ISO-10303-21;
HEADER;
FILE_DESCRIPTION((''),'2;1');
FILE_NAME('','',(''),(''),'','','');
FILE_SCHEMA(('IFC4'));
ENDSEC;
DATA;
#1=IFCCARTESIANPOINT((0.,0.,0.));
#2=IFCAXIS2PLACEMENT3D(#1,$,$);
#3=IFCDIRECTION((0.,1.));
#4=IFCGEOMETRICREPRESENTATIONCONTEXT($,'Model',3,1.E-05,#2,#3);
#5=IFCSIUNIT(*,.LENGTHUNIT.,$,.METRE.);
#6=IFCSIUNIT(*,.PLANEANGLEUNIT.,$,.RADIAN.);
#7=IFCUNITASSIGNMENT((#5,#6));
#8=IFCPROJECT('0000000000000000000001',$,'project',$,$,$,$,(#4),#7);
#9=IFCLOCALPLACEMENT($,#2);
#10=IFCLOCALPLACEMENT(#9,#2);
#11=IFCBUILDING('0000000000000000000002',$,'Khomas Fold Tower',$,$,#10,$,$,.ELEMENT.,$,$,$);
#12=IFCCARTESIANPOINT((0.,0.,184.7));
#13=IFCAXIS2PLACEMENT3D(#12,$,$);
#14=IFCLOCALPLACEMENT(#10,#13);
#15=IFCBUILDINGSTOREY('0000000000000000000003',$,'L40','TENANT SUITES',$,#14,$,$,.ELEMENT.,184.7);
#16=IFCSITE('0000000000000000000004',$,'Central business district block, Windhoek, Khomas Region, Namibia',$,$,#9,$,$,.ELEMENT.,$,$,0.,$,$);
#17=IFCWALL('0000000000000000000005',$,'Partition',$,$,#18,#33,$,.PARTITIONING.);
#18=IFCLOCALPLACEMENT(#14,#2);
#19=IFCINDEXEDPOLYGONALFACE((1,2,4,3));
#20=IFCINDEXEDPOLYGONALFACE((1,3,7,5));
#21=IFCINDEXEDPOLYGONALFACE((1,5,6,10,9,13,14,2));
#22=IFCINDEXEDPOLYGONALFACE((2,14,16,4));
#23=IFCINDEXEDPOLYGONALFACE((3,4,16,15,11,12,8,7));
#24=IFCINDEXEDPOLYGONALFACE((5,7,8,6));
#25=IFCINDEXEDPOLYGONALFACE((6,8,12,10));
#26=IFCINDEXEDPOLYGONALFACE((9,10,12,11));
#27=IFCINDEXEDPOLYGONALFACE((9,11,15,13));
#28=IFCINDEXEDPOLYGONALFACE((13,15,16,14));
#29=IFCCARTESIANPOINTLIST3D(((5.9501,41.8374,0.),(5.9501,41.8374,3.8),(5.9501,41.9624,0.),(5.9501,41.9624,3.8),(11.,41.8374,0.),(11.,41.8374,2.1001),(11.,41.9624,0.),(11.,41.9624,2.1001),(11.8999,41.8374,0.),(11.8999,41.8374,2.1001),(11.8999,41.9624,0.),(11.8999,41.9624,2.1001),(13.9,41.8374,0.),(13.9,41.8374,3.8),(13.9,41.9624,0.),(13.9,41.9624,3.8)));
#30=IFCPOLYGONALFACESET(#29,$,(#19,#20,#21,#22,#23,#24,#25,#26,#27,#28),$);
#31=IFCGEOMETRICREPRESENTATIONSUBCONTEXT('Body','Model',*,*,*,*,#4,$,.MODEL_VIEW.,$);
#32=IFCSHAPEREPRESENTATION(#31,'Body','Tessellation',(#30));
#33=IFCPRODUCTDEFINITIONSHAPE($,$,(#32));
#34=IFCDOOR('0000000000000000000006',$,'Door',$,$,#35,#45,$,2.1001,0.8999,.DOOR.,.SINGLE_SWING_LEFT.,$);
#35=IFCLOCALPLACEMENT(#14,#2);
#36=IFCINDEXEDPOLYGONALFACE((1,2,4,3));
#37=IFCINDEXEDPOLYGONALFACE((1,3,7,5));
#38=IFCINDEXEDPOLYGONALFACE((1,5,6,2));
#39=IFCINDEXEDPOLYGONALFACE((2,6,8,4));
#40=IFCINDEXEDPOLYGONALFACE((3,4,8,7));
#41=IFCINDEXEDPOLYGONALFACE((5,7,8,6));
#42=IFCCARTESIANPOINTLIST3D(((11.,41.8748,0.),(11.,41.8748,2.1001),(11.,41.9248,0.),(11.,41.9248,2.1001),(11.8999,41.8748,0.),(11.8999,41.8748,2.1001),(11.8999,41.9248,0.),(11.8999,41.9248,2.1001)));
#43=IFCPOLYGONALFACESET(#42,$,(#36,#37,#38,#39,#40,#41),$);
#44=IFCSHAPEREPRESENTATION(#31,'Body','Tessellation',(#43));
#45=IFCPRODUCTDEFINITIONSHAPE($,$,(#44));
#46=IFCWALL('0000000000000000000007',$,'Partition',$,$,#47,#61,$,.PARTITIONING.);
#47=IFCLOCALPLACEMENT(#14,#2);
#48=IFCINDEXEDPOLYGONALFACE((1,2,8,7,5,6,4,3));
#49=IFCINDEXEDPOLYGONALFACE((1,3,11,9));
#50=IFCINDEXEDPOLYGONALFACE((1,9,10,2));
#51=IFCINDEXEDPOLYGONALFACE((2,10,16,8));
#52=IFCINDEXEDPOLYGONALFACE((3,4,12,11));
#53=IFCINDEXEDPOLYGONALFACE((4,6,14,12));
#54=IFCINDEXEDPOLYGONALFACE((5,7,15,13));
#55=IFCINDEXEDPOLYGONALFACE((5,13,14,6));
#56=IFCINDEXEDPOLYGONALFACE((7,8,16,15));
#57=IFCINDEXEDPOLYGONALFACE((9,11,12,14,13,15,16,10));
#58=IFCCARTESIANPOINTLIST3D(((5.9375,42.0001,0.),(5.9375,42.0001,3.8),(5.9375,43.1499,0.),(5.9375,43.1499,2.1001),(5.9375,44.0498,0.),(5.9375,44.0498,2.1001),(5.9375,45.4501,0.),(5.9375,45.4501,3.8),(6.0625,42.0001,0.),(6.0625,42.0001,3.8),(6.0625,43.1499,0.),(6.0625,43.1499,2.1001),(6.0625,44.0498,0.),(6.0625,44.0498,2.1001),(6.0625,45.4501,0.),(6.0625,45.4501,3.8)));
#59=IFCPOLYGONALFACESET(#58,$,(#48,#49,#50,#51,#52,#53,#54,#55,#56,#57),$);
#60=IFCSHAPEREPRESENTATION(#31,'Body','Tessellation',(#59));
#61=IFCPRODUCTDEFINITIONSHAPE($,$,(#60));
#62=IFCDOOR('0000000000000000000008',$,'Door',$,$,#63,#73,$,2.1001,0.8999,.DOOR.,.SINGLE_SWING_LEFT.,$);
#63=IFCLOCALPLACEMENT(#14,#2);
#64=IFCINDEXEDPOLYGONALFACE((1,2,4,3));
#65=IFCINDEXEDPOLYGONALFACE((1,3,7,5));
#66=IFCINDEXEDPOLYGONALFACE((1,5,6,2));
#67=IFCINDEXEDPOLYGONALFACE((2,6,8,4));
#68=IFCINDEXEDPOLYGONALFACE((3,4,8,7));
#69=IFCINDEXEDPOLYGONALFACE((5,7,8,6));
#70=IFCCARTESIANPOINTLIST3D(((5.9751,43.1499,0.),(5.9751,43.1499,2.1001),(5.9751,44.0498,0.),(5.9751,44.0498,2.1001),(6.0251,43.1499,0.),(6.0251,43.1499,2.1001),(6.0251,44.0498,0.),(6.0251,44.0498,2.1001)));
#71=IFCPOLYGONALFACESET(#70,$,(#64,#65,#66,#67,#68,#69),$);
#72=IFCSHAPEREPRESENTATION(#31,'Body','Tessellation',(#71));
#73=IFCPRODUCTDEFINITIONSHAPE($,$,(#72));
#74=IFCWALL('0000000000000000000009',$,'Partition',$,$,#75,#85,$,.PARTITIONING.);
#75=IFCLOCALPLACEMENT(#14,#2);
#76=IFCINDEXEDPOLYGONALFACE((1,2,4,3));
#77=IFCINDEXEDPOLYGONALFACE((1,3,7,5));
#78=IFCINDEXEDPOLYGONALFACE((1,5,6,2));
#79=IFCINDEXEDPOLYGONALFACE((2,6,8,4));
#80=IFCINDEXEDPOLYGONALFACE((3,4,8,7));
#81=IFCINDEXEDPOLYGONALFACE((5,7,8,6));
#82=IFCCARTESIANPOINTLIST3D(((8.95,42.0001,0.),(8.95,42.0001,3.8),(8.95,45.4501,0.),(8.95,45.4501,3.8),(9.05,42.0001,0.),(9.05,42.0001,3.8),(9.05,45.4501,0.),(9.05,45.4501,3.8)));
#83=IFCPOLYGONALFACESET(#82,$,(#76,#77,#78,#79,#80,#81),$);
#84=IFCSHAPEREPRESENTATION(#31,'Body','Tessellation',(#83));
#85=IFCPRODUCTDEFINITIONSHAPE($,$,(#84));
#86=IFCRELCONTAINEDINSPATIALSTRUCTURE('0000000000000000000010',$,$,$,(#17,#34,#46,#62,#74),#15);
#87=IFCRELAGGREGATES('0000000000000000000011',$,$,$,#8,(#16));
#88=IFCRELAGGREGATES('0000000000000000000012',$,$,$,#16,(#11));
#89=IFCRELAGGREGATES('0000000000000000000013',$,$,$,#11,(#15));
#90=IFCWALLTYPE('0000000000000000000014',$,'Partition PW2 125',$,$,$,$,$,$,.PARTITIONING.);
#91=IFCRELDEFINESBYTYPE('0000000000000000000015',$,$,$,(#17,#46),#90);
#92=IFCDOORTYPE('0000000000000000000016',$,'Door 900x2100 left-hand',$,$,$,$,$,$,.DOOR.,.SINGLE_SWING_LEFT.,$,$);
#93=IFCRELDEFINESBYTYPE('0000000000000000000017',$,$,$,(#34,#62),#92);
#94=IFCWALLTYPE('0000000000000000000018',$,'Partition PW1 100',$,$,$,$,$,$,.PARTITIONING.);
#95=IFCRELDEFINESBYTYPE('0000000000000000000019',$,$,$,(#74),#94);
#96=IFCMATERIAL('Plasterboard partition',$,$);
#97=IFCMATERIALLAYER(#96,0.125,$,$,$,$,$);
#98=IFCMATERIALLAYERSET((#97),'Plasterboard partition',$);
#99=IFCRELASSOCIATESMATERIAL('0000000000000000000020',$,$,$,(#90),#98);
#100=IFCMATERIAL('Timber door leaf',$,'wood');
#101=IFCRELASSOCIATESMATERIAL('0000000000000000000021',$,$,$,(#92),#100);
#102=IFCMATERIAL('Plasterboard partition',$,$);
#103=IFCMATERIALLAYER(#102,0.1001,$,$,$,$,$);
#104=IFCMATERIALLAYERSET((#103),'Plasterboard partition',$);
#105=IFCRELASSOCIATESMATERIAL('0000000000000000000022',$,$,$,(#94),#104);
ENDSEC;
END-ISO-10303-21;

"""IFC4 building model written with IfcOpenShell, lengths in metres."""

from ifc_helpers import new_model, si_unit, direction, frame, frame_2d, origin, place, context, subcontext, project, spatial, rectangle, extrude, source, transform, mapped, material, layer, layer_set, type_object, element, fill, save


model = new_model("IFC4")

# Units and contexts
model_context = context("Model", 3, precision=1e-05, world=origin(), true_north=direction((0.0, 1.0)))
body_context = subcontext(model_context, "Body", "Model", "MODEL_VIEW")
ifc_project = project(units=[si_unit("LENGTHUNIT", "METRE"), si_unit("PLANEANGLEUNIT", "RADIAN")], contexts=[model_context])

# Site, building, storey
site_placement = place(None, origin())
site = spatial("IfcSite", under=ifc_project, at=site_placement, Name="Central business district block, Windhoek, Khomas Region, Namibia", CompositionType="ELEMENT", RefElevation=0.0)
building_placement = place(site_placement, origin())
building = spatial("IfcBuilding", under=site, at=building_placement, Name="Khomas Fold Tower", CompositionType="ELEMENT")
storey_placement = place(building_placement, frame((0.0, 0.0, 184.7)))
storey = spatial("IfcBuildingStorey", under=building, at=storey_placement, Name="L40", Description="TENANT SUITES", CompositionType="ELEMENT", Elevation=184.7)

# Walls, openings, doors
ifc_material_1 = material(Name="Plasterboard partition")
ifc_layer_1 = layer(ifc_material_1, 0.125)
ifc_layer_set_1 = layer_set([ifc_layer_1], Name="Plasterboard partition")
wall_type_1 = type_object("IfcWallType", Name="Partition PW2 125", PredefinedType="PARTITIONING", material=ifc_layer_set_1)
shared_shape_1 = source(origin(), body_context, "Body", "SweptSolid", [
    extrude(rectangle(XDim=7.95, YDim=0.125, at=frame_2d((3.9751, 0.0))), origin(), (0.0, 0.0, 1.0), 3.8),
])
wall_1_placement = place(storey_placement, frame((5.95, 41.8999, 0.0), z_axis=(0.0, 0.0, 1.0), x_axis=(1.0, 0.0, 0.0)))
wall_1 = element("IfcWall", 1, at=wall_1_placement, inside=storey, type_object=wall_type_1, Name="Partition", PredefinedType="PARTITIONING", context=body_context, shape_type="MappedRepresentation", body=[
    mapped(shared_shape_1, transform((0.0, 0.0, 0.0))),
])
shared_shape_2 = source(origin(), body_context, "Body", "SweptSolid", [
    extrude(rectangle(XDim=0.8999, YDim=2.1001, at=frame_2d((0.45, 1.05))), frame((0.0, 0.0725, 0.0), z_axis=(0.0, -1.0, 0.0), x_axis=(1.0, 0.0, 0.0)), (0.0, 0.0, 1.0), 0.145),
])
opening_1_placement = place(wall_1_placement, frame((5.05, 0.0, 0.0)))
opening_1 = element("IfcOpeningElement", 2, at=opening_1_placement, cuts=wall_1, PredefinedType="OPENING", context=body_context, shape_type="MappedRepresentation", body=[
    mapped(shared_shape_2, transform((0.0, 0.0, 0.0))),
])
ifc_material_2 = material(Name="Timber door leaf", Category="wood")
door_type_1 = type_object("IfcDoorType", Name="Door 900x2100 left-hand", OperationType="SINGLE_SWING_LEFT", PredefinedType="DOOR", material=ifc_material_2)
shared_shape_3 = source(origin(), body_context, "Body", "SweptSolid", [
    extrude(rectangle(XDim=0.8999, YDim=2.1001, at=frame_2d((0.45, 1.05))), frame((0.0, 0.0249, 0.0), z_axis=(0.0, -1.0, 0.0), x_axis=(1.0, 0.0, 0.0)), (0.0, 0.0, 1.0), 0.05),
])
door_1_placement = place(opening_1_placement, origin())
door_1 = element("IfcDoor", 3, at=door_1_placement, inside=storey, type_object=door_type_1, Name="Door", OperationType="SINGLE_SWING_LEFT", OverallHeight=2.1001, OverallWidth=0.8999, PredefinedType="DOOR", context=body_context, shape_type="MappedRepresentation", body=[
    mapped(shared_shape_3, transform((0.0, 0.0, 0.0))),
])
fill(opening_1, door_1)
shared_shape_4 = source(origin(), body_context, "Body", "SweptSolid", [
    extrude(rectangle(XDim=3.45, YDim=0.125, at=frame_2d((1.7251, 0.0))), origin(), (0.0, 0.0, 1.0), 3.8),
])
wall_2_placement = place(storey_placement, frame((6.0, 42.0, 0.0), z_axis=(0.0, 0.0, 1.0), x_axis=(0.0, 1.0, 0.0)))
wall_2 = element("IfcWall", 4, at=wall_2_placement, inside=storey, type_object=wall_type_1, Name="Partition", PredefinedType="PARTITIONING", context=body_context, shape_type="MappedRepresentation", body=[
    mapped(shared_shape_4, transform((0.0, 0.0, 0.0))),
])
opening_2_placement = place(wall_2_placement, frame((1.1499, 0.0, 0.0)))
opening_2 = element("IfcOpeningElement", 5, at=opening_2_placement, cuts=wall_2, PredefinedType="OPENING", context=body_context, shape_type="MappedRepresentation", body=[
    mapped(shared_shape_2, transform((0.0, 0.0, 0.0))),
])
door_2_placement = place(opening_2_placement, origin())
door_2 = element("IfcDoor", 6, at=door_2_placement, inside=storey, type_object=door_type_1, Name="Door", OperationType="SINGLE_SWING_LEFT", OverallHeight=2.1001, OverallWidth=0.8999, PredefinedType="DOOR", context=body_context, shape_type="MappedRepresentation", body=[
    mapped(shared_shape_3, transform((0.0, 0.0, 0.0))),
])
fill(opening_2, door_2)

# Wall
ifc_material_3 = material(Name="Plasterboard partition")
ifc_layer_2 = layer(ifc_material_3, 0.1001)
ifc_layer_set_2 = layer_set([ifc_layer_2], Name="Plasterboard partition")
wall_type_2 = type_object("IfcWallType", Name="Partition PW1 100", PredefinedType="PARTITIONING", material=ifc_layer_set_2)
shared_shape_5 = source(origin(), body_context, "Body", "SweptSolid", [
    extrude(rectangle(XDim=3.45, YDim=0.1001, at=frame_2d((1.7251, 0.0))), origin(), (0.0, 0.0, 1.0), 3.8),
])
wall_3_placement = place(storey_placement, frame((9.0, 42.0, 0.0), z_axis=(0.0, 0.0, 1.0), x_axis=(0.0, 1.0, 0.0)))
element("IfcWall", 7, at=wall_3_placement, inside=storey, type_object=wall_type_2, Name="Partition", PredefinedType="PARTITIONING", context=body_context, shape_type="MappedRepresentation", body=[
    mapped(shared_shape_5, transform((0.0, 0.0, 0.0))),
])

save(model, "model.ifc")
